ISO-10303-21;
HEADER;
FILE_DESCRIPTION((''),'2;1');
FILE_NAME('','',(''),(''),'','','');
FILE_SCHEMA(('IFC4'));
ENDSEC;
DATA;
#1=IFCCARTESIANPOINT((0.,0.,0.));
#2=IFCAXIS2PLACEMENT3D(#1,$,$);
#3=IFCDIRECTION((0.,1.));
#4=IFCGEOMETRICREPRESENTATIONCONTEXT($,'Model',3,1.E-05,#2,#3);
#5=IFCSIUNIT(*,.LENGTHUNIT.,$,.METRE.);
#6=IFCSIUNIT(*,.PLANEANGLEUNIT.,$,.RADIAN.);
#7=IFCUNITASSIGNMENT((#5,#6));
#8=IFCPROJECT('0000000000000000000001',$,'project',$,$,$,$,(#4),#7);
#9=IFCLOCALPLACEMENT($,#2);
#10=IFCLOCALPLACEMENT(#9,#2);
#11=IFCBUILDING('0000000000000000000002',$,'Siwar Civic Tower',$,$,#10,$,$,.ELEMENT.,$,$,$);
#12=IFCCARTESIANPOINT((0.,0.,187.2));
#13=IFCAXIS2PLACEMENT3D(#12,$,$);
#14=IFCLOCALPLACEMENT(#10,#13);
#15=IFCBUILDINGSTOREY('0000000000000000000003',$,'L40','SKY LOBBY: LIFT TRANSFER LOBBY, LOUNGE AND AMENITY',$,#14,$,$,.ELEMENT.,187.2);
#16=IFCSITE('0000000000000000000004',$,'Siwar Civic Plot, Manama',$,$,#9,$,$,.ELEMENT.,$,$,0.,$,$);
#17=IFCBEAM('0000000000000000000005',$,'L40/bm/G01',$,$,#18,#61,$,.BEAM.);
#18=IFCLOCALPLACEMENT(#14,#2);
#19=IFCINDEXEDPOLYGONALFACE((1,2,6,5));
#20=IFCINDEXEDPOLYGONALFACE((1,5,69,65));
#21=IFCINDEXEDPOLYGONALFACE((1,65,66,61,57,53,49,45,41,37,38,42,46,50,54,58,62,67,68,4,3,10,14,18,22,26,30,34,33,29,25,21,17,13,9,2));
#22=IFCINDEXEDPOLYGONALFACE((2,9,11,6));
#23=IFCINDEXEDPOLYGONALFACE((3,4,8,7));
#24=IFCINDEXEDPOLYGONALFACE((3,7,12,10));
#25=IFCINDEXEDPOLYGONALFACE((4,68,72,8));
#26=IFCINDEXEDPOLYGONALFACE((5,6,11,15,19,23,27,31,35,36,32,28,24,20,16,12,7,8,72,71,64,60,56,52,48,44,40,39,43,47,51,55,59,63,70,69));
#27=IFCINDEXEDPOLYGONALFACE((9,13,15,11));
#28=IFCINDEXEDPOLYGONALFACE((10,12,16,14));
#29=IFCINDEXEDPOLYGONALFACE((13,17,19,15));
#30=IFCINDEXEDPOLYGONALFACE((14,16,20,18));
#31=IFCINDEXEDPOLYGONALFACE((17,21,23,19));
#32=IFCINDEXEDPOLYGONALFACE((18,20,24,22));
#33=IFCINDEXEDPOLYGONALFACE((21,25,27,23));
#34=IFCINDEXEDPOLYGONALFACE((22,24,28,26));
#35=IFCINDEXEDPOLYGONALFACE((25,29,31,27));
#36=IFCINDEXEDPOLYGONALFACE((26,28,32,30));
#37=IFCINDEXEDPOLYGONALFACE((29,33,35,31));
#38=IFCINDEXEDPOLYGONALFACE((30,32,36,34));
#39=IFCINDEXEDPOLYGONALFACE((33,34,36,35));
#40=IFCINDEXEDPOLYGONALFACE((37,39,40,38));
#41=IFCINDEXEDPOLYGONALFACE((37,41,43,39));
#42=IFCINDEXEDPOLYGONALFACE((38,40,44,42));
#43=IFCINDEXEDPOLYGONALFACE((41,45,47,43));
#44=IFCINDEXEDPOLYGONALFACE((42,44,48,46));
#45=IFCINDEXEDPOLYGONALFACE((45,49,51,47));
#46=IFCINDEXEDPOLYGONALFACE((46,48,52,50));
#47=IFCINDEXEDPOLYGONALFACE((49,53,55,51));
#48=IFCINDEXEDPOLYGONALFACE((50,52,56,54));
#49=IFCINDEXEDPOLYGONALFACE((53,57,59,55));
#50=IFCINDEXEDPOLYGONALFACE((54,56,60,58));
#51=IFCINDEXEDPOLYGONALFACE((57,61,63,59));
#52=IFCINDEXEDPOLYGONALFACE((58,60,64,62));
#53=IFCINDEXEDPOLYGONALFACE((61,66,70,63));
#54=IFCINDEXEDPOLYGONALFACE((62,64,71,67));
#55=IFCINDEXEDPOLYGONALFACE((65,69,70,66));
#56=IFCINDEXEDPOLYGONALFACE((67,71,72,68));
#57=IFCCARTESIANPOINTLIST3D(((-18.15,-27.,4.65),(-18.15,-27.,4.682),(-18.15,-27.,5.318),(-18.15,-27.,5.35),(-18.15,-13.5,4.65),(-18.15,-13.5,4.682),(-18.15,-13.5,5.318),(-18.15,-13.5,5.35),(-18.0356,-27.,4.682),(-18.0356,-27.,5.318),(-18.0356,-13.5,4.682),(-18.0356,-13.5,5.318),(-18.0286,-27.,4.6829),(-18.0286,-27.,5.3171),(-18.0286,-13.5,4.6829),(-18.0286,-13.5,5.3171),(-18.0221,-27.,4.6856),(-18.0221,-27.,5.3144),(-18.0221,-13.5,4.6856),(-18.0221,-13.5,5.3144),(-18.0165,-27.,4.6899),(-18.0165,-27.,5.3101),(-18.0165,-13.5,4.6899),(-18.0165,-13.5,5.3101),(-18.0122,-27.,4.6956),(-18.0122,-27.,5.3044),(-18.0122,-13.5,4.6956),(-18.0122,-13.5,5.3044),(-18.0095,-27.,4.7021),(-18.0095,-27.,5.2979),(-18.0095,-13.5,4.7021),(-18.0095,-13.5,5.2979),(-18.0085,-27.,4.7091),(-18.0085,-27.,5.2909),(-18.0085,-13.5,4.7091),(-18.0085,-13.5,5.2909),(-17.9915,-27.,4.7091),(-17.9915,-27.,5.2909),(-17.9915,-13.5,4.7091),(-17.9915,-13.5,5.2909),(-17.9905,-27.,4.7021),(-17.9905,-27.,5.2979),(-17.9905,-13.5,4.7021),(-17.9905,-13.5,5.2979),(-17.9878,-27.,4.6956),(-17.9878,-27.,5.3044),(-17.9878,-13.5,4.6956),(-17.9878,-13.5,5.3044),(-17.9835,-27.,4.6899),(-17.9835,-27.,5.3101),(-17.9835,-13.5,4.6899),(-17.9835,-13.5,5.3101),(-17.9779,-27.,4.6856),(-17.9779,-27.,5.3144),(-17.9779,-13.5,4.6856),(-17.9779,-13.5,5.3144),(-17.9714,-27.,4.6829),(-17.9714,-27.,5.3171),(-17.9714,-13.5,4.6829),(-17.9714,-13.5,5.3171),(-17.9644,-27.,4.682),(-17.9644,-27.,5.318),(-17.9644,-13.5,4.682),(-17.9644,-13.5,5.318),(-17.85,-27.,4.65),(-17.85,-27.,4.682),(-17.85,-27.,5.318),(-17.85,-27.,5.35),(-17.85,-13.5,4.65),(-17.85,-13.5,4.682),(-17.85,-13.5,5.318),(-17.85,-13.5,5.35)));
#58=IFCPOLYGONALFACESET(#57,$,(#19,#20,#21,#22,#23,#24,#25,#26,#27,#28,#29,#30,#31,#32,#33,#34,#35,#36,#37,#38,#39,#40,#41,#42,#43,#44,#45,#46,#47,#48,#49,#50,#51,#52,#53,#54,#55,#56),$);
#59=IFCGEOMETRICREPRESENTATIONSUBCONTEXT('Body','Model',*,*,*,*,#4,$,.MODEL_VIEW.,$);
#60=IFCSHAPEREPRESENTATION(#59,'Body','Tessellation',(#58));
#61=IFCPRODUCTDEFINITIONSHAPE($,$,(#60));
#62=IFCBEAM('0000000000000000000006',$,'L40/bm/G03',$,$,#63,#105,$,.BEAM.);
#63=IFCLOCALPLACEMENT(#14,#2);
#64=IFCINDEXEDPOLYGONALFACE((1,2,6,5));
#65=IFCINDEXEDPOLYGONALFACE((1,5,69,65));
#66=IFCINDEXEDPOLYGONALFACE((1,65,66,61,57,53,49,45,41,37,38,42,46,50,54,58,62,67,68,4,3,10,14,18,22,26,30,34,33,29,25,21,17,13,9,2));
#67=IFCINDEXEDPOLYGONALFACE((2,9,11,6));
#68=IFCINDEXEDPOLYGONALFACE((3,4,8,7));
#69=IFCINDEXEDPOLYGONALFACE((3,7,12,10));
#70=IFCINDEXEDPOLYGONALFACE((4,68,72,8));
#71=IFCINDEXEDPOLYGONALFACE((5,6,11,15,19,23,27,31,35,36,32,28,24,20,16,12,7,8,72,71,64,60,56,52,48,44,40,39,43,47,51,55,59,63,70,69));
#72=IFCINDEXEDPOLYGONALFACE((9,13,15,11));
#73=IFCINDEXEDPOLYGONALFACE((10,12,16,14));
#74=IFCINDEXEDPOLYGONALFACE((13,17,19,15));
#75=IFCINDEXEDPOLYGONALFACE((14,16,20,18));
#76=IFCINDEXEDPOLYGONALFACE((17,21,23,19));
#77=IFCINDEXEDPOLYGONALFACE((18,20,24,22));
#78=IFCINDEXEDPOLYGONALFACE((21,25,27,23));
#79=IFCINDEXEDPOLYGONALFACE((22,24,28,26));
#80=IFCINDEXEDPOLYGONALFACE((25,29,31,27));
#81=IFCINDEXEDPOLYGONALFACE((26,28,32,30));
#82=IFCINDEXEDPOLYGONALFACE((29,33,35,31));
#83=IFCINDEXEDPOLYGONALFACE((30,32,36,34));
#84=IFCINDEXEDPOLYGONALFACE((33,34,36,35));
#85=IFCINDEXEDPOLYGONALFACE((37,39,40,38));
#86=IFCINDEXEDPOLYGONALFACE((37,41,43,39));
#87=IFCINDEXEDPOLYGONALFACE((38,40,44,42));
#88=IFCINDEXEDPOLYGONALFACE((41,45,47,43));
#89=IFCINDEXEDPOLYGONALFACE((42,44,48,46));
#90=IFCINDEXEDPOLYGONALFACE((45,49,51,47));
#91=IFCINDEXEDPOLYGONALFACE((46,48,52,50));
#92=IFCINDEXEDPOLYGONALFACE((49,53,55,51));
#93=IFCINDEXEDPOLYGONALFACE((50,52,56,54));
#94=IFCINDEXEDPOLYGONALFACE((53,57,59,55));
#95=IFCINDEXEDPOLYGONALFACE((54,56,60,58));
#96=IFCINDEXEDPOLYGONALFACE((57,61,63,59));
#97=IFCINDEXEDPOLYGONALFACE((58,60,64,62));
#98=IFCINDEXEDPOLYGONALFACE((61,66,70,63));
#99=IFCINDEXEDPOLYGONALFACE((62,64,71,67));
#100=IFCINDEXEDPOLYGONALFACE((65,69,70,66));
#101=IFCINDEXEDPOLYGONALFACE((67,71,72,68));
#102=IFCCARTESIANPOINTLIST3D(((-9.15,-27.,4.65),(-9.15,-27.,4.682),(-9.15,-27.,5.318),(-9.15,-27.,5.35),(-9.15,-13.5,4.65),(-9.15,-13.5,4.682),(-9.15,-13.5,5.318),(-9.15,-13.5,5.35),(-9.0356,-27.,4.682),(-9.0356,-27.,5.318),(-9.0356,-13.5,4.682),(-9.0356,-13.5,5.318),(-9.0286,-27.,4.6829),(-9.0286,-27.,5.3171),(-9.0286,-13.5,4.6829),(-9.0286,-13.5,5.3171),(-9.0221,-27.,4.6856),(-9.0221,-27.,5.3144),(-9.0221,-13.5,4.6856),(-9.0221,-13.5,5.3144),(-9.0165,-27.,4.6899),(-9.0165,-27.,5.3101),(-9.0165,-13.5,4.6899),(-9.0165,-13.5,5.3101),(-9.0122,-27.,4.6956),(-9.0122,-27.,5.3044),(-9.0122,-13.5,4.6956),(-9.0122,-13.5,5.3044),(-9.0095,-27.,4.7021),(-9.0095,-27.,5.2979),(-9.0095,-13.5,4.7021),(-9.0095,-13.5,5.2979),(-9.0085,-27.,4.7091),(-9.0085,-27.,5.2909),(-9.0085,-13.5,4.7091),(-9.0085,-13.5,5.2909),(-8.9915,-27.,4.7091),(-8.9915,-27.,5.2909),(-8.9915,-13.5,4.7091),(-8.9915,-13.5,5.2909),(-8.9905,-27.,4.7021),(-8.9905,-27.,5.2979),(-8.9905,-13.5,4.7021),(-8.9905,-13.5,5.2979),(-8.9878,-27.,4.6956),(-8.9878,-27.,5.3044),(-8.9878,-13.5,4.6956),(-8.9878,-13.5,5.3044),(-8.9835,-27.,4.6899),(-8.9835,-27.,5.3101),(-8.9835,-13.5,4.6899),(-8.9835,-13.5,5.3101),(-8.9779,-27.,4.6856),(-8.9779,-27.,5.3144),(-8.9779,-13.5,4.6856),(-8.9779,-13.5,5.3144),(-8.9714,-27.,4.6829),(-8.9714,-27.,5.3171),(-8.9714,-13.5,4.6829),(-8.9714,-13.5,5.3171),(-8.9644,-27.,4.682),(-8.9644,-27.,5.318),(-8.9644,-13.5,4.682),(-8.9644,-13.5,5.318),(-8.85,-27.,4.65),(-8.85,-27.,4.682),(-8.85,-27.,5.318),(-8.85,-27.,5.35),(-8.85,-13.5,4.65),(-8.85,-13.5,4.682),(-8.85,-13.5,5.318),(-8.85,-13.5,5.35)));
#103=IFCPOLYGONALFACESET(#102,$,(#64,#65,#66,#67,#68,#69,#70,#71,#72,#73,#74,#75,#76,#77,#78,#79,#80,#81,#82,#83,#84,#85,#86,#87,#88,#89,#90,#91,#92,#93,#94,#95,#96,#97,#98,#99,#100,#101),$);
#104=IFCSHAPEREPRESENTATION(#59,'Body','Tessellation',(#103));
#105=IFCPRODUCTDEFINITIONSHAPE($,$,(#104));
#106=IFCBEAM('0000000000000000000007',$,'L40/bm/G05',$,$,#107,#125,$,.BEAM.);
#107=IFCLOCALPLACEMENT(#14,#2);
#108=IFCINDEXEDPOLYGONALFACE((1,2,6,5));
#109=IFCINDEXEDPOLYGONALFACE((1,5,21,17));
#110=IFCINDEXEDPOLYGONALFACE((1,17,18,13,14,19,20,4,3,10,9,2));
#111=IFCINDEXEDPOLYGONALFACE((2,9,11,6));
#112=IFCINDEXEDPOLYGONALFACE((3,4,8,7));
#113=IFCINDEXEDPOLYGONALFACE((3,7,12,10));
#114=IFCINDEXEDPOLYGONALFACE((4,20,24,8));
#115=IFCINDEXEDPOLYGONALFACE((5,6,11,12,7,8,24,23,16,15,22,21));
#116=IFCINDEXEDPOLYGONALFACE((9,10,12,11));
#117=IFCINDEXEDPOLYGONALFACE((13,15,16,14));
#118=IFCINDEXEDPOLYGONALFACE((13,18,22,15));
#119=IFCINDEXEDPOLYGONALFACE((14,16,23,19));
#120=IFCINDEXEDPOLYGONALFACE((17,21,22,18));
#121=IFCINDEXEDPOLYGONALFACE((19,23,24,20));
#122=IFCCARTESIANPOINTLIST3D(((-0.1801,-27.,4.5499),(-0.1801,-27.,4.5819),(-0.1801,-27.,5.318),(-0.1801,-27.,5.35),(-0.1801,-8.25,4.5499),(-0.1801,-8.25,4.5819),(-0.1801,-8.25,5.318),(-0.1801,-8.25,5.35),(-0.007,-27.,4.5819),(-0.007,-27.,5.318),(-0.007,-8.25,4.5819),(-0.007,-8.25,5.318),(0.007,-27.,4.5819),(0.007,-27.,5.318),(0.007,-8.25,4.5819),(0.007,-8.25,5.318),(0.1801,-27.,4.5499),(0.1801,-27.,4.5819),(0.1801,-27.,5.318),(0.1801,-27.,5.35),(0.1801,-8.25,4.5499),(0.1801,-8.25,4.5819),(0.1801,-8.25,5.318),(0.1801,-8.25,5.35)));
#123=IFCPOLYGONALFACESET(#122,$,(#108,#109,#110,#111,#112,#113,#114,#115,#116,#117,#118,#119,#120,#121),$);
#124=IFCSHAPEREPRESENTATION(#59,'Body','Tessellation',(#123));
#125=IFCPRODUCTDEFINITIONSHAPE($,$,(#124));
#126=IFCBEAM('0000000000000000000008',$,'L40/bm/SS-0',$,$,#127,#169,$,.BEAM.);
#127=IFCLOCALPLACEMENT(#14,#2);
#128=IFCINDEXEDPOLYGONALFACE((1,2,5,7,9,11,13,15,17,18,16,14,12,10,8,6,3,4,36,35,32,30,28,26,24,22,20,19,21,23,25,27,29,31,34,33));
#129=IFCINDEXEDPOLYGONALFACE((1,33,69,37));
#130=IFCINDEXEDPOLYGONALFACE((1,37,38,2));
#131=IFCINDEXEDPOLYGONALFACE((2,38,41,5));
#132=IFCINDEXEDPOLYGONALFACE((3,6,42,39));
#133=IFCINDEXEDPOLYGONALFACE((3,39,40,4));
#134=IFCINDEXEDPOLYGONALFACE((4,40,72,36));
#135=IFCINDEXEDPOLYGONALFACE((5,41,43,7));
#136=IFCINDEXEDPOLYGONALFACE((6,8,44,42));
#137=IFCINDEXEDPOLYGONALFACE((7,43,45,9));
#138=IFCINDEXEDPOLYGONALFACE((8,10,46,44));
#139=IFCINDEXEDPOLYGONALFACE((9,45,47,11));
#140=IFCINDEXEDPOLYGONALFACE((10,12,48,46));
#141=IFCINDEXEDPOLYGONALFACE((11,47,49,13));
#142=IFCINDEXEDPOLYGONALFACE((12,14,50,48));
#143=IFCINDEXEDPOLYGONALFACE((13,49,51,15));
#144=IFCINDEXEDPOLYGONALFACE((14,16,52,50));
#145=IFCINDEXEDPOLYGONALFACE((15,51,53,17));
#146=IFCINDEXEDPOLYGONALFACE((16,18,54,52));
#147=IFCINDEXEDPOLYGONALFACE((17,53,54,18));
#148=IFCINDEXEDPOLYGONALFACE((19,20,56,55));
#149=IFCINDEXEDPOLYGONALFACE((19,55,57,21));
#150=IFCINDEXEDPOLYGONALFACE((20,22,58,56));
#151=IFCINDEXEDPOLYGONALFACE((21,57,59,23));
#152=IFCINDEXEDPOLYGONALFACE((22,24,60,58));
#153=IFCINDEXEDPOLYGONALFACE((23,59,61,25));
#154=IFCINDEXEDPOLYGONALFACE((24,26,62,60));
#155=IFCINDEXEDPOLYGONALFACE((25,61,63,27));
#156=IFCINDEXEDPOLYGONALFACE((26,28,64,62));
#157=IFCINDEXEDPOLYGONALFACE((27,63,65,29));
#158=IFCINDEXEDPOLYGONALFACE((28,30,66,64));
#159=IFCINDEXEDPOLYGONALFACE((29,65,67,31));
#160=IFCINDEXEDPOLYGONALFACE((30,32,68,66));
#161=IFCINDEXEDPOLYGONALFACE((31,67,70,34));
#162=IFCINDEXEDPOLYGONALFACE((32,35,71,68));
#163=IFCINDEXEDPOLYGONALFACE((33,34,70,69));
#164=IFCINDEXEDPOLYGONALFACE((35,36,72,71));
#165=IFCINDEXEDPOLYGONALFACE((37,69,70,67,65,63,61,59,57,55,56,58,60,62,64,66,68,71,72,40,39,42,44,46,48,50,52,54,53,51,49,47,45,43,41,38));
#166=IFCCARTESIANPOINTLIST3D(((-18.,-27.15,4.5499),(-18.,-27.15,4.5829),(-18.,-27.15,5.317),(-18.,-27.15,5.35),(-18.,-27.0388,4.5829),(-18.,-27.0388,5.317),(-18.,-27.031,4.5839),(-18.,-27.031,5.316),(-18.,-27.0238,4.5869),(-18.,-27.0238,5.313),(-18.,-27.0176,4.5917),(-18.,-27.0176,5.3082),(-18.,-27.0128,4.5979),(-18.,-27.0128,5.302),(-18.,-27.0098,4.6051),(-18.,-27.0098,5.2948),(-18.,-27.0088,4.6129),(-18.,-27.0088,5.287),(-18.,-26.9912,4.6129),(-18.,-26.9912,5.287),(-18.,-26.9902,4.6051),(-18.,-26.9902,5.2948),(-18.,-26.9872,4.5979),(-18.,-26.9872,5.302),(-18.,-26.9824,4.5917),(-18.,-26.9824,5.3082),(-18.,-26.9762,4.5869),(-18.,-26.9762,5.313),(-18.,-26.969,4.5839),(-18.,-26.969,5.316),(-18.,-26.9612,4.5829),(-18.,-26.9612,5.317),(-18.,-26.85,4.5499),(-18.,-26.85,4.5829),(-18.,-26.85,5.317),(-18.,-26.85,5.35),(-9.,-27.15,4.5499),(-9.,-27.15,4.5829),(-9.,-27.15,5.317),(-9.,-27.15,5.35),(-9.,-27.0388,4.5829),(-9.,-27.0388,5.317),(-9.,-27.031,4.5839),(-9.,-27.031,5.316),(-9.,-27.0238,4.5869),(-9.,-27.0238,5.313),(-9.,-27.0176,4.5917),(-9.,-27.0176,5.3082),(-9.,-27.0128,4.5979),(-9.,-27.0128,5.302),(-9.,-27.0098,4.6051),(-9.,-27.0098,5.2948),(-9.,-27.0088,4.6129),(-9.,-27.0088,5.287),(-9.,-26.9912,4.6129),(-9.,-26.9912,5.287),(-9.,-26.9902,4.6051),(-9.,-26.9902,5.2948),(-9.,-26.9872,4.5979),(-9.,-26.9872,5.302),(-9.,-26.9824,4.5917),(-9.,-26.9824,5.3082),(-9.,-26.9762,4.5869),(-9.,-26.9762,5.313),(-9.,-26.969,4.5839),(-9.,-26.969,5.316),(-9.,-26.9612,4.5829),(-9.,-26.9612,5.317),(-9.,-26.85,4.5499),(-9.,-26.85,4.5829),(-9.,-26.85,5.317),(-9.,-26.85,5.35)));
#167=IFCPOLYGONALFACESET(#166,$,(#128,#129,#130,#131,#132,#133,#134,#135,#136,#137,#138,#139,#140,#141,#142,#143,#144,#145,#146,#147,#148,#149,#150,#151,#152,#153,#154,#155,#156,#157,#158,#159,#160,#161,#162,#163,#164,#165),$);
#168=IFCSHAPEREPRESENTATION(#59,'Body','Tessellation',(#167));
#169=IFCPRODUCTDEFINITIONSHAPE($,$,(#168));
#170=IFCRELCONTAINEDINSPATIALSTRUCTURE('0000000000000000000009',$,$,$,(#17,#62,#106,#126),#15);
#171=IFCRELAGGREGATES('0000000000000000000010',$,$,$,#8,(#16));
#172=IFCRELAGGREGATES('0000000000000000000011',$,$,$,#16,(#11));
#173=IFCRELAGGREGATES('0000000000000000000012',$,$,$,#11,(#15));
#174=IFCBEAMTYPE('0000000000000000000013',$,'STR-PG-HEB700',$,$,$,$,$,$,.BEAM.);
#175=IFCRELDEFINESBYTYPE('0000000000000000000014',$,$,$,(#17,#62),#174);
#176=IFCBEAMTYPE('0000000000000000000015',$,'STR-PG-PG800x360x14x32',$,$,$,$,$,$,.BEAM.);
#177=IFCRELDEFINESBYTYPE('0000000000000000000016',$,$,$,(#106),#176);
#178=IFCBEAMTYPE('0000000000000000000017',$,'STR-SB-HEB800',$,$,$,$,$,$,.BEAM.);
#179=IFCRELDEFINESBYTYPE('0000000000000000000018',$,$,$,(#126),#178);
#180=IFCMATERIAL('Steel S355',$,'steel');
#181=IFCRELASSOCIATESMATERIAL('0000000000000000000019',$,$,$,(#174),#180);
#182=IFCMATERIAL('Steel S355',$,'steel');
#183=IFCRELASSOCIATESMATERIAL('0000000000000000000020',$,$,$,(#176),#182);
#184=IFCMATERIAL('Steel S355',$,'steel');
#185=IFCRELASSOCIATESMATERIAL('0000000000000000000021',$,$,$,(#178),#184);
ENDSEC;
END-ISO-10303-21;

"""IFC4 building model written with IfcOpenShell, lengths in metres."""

from ifc_helpers import new_model, si_unit, direction, frame, origin, origin_2d, place, context, subcontext, project, spatial, i_section, extrude, material, material_profile, profile_set, type_object, element, save


model = new_model("IFC4")

# Units and contexts
model_context = context("Model", 3, precision=1e-05, world=origin(), true_north=direction((0.0, 1.0)))
body_context = subcontext(model_context, "Body", "Model", "MODEL_VIEW")
ifc_project = project(units=[si_unit("LENGTHUNIT", "METRE"), si_unit("PLANEANGLEUNIT", "RADIAN")], contexts=[model_context])

# Site, building, storey
site_placement = place(None, origin())
site = spatial("IfcSite", under=ifc_project, at=site_placement, Name="Siwar Civic Plot, Manama", CompositionType="ELEMENT", RefElevation=0.0)
building_placement = place(site_placement, origin())
building = spatial("IfcBuilding", under=site, at=building_placement, Name="Siwar Civic Tower", CompositionType="ELEMENT")
storey_placement = place(building_placement, frame((0.0, 0.0, 187.2)))
storey = spatial("IfcBuildingStorey", under=building, at=storey_placement, Name="L40", Description="SKY LOBBY: LIFT TRANSFER LOBBY, LOUNGE AND AMENITY", CompositionType="ELEMENT", Elevation=187.2)

# Beams
ifc_material_1 = material(Name="Steel S355", Category="steel")
ifc_material_profile_1 = material_profile(ifc_material_1, i_section(OverallWidth=0.3, OverallDepth=0.7, WebThickness=0.0171, FlangeThickness=0.032, FilletRadius=0.0271, at=origin_2d()), Name="HEB700")
ifc_profile_set_1 = profile_set([ifc_material_profile_1], Name="Steel S355")
beam_type_1 = type_object("IfcBeamType", Name="STR-PG-HEB700", PredefinedType="BEAM", material=ifc_profile_set_1)
for number, where, z_axis, x_axis, name in (
    (1, (-18.0, -27.0, 5.0), (0.0, 1.0, 0.0), (-1.0, 0.0, 0.0), "L40/bm/G01"),
    (2, (-9.0, -27.0, 5.0), (0.0, 1.0, 0.0), (-1.0, 0.0, 0.0), "L40/bm/G03"),
):
    element("IfcBeam", number, at=place(storey_placement, frame(where, z_axis=z_axis, x_axis=x_axis)), inside=storey, type_object=beam_type_1, Name=name, PredefinedType="BEAM", context=body_context, shape_type="SweptSolid", body=[
        extrude(i_section(OverallWidth=0.3, OverallDepth=0.7, WebThickness=0.0171, FlangeThickness=0.032, FilletRadius=0.0271, at=origin_2d()), origin(), (0.0, 0.0, 1.0), 13.5),
    ])
ifc_material_2 = material(Name="Steel S355", Category="steel")
ifc_material_profile_2 = material_profile(ifc_material_2, i_section(OverallWidth=0.3601, OverallDepth=0.8, WebThickness=0.0139, FlangeThickness=0.032, at=origin_2d()), Name="PG800x360x14x32")
ifc_profile_set_2 = profile_set([ifc_material_profile_2], Name="Steel S355")
beam_type_2 = type_object("IfcBeamType", Name="STR-PG-PG800x360x14x32", PredefinedType="BEAM", material=ifc_profile_set_2)
beam_placement = place(storey_placement, frame((0.0, -27.0, 4.95), z_axis=(0.0, 1.0, 0.0), x_axis=(-1.0, 0.0, 0.0)))
element("IfcBeam", 3, at=beam_placement, inside=storey, type_object=beam_type_2, Name="L40/bm/G05", PredefinedType="BEAM", context=body_context, shape_type="SweptSolid", body=[
    extrude(i_section(OverallWidth=0.3601, OverallDepth=0.8, WebThickness=0.0139, FlangeThickness=0.032, at=origin_2d()), origin(), (0.0, 0.0, 1.0), 18.75),
])
ifc_material_3 = material(Name="Steel S355", Category="steel")
ifc_material_profile_3 = material_profile(ifc_material_3, i_section(OverallWidth=0.3, OverallDepth=0.8, WebThickness=0.0176, FlangeThickness=0.033, FilletRadius=0.03, at=origin_2d()), Name="HEB800")
ifc_profile_set_3 = profile_set([ifc_material_profile_3], Name="Steel S355")
beam_type_3 = type_object("IfcBeamType", Name="STR-SB-HEB800", PredefinedType="BEAM", material=ifc_profile_set_3)
for number, where, z_axis, x_axis, name in (
    (4, (-18.0, -27.0, 4.95), (1.0, 0.0, 0.0), (0.0, 1.0, 0.0), "L40/bm/SS-0"),
):
    element("IfcBeam", number, at=place(storey_placement, frame(where, z_axis=z_axis, x_axis=x_axis)), inside=storey, type_object=beam_type_3, Name=name, PredefinedType="BEAM", context=body_context, shape_type="SweptSolid", body=[
        extrude(i_section(OverallWidth=0.3, OverallDepth=0.8, WebThickness=0.0176, FlangeThickness=0.033, FilletRadius=0.03, at=origin_2d()), origin(), (0.0, 0.0, 1.0), 9.0),
    ])

save(model, "model.ifc")
